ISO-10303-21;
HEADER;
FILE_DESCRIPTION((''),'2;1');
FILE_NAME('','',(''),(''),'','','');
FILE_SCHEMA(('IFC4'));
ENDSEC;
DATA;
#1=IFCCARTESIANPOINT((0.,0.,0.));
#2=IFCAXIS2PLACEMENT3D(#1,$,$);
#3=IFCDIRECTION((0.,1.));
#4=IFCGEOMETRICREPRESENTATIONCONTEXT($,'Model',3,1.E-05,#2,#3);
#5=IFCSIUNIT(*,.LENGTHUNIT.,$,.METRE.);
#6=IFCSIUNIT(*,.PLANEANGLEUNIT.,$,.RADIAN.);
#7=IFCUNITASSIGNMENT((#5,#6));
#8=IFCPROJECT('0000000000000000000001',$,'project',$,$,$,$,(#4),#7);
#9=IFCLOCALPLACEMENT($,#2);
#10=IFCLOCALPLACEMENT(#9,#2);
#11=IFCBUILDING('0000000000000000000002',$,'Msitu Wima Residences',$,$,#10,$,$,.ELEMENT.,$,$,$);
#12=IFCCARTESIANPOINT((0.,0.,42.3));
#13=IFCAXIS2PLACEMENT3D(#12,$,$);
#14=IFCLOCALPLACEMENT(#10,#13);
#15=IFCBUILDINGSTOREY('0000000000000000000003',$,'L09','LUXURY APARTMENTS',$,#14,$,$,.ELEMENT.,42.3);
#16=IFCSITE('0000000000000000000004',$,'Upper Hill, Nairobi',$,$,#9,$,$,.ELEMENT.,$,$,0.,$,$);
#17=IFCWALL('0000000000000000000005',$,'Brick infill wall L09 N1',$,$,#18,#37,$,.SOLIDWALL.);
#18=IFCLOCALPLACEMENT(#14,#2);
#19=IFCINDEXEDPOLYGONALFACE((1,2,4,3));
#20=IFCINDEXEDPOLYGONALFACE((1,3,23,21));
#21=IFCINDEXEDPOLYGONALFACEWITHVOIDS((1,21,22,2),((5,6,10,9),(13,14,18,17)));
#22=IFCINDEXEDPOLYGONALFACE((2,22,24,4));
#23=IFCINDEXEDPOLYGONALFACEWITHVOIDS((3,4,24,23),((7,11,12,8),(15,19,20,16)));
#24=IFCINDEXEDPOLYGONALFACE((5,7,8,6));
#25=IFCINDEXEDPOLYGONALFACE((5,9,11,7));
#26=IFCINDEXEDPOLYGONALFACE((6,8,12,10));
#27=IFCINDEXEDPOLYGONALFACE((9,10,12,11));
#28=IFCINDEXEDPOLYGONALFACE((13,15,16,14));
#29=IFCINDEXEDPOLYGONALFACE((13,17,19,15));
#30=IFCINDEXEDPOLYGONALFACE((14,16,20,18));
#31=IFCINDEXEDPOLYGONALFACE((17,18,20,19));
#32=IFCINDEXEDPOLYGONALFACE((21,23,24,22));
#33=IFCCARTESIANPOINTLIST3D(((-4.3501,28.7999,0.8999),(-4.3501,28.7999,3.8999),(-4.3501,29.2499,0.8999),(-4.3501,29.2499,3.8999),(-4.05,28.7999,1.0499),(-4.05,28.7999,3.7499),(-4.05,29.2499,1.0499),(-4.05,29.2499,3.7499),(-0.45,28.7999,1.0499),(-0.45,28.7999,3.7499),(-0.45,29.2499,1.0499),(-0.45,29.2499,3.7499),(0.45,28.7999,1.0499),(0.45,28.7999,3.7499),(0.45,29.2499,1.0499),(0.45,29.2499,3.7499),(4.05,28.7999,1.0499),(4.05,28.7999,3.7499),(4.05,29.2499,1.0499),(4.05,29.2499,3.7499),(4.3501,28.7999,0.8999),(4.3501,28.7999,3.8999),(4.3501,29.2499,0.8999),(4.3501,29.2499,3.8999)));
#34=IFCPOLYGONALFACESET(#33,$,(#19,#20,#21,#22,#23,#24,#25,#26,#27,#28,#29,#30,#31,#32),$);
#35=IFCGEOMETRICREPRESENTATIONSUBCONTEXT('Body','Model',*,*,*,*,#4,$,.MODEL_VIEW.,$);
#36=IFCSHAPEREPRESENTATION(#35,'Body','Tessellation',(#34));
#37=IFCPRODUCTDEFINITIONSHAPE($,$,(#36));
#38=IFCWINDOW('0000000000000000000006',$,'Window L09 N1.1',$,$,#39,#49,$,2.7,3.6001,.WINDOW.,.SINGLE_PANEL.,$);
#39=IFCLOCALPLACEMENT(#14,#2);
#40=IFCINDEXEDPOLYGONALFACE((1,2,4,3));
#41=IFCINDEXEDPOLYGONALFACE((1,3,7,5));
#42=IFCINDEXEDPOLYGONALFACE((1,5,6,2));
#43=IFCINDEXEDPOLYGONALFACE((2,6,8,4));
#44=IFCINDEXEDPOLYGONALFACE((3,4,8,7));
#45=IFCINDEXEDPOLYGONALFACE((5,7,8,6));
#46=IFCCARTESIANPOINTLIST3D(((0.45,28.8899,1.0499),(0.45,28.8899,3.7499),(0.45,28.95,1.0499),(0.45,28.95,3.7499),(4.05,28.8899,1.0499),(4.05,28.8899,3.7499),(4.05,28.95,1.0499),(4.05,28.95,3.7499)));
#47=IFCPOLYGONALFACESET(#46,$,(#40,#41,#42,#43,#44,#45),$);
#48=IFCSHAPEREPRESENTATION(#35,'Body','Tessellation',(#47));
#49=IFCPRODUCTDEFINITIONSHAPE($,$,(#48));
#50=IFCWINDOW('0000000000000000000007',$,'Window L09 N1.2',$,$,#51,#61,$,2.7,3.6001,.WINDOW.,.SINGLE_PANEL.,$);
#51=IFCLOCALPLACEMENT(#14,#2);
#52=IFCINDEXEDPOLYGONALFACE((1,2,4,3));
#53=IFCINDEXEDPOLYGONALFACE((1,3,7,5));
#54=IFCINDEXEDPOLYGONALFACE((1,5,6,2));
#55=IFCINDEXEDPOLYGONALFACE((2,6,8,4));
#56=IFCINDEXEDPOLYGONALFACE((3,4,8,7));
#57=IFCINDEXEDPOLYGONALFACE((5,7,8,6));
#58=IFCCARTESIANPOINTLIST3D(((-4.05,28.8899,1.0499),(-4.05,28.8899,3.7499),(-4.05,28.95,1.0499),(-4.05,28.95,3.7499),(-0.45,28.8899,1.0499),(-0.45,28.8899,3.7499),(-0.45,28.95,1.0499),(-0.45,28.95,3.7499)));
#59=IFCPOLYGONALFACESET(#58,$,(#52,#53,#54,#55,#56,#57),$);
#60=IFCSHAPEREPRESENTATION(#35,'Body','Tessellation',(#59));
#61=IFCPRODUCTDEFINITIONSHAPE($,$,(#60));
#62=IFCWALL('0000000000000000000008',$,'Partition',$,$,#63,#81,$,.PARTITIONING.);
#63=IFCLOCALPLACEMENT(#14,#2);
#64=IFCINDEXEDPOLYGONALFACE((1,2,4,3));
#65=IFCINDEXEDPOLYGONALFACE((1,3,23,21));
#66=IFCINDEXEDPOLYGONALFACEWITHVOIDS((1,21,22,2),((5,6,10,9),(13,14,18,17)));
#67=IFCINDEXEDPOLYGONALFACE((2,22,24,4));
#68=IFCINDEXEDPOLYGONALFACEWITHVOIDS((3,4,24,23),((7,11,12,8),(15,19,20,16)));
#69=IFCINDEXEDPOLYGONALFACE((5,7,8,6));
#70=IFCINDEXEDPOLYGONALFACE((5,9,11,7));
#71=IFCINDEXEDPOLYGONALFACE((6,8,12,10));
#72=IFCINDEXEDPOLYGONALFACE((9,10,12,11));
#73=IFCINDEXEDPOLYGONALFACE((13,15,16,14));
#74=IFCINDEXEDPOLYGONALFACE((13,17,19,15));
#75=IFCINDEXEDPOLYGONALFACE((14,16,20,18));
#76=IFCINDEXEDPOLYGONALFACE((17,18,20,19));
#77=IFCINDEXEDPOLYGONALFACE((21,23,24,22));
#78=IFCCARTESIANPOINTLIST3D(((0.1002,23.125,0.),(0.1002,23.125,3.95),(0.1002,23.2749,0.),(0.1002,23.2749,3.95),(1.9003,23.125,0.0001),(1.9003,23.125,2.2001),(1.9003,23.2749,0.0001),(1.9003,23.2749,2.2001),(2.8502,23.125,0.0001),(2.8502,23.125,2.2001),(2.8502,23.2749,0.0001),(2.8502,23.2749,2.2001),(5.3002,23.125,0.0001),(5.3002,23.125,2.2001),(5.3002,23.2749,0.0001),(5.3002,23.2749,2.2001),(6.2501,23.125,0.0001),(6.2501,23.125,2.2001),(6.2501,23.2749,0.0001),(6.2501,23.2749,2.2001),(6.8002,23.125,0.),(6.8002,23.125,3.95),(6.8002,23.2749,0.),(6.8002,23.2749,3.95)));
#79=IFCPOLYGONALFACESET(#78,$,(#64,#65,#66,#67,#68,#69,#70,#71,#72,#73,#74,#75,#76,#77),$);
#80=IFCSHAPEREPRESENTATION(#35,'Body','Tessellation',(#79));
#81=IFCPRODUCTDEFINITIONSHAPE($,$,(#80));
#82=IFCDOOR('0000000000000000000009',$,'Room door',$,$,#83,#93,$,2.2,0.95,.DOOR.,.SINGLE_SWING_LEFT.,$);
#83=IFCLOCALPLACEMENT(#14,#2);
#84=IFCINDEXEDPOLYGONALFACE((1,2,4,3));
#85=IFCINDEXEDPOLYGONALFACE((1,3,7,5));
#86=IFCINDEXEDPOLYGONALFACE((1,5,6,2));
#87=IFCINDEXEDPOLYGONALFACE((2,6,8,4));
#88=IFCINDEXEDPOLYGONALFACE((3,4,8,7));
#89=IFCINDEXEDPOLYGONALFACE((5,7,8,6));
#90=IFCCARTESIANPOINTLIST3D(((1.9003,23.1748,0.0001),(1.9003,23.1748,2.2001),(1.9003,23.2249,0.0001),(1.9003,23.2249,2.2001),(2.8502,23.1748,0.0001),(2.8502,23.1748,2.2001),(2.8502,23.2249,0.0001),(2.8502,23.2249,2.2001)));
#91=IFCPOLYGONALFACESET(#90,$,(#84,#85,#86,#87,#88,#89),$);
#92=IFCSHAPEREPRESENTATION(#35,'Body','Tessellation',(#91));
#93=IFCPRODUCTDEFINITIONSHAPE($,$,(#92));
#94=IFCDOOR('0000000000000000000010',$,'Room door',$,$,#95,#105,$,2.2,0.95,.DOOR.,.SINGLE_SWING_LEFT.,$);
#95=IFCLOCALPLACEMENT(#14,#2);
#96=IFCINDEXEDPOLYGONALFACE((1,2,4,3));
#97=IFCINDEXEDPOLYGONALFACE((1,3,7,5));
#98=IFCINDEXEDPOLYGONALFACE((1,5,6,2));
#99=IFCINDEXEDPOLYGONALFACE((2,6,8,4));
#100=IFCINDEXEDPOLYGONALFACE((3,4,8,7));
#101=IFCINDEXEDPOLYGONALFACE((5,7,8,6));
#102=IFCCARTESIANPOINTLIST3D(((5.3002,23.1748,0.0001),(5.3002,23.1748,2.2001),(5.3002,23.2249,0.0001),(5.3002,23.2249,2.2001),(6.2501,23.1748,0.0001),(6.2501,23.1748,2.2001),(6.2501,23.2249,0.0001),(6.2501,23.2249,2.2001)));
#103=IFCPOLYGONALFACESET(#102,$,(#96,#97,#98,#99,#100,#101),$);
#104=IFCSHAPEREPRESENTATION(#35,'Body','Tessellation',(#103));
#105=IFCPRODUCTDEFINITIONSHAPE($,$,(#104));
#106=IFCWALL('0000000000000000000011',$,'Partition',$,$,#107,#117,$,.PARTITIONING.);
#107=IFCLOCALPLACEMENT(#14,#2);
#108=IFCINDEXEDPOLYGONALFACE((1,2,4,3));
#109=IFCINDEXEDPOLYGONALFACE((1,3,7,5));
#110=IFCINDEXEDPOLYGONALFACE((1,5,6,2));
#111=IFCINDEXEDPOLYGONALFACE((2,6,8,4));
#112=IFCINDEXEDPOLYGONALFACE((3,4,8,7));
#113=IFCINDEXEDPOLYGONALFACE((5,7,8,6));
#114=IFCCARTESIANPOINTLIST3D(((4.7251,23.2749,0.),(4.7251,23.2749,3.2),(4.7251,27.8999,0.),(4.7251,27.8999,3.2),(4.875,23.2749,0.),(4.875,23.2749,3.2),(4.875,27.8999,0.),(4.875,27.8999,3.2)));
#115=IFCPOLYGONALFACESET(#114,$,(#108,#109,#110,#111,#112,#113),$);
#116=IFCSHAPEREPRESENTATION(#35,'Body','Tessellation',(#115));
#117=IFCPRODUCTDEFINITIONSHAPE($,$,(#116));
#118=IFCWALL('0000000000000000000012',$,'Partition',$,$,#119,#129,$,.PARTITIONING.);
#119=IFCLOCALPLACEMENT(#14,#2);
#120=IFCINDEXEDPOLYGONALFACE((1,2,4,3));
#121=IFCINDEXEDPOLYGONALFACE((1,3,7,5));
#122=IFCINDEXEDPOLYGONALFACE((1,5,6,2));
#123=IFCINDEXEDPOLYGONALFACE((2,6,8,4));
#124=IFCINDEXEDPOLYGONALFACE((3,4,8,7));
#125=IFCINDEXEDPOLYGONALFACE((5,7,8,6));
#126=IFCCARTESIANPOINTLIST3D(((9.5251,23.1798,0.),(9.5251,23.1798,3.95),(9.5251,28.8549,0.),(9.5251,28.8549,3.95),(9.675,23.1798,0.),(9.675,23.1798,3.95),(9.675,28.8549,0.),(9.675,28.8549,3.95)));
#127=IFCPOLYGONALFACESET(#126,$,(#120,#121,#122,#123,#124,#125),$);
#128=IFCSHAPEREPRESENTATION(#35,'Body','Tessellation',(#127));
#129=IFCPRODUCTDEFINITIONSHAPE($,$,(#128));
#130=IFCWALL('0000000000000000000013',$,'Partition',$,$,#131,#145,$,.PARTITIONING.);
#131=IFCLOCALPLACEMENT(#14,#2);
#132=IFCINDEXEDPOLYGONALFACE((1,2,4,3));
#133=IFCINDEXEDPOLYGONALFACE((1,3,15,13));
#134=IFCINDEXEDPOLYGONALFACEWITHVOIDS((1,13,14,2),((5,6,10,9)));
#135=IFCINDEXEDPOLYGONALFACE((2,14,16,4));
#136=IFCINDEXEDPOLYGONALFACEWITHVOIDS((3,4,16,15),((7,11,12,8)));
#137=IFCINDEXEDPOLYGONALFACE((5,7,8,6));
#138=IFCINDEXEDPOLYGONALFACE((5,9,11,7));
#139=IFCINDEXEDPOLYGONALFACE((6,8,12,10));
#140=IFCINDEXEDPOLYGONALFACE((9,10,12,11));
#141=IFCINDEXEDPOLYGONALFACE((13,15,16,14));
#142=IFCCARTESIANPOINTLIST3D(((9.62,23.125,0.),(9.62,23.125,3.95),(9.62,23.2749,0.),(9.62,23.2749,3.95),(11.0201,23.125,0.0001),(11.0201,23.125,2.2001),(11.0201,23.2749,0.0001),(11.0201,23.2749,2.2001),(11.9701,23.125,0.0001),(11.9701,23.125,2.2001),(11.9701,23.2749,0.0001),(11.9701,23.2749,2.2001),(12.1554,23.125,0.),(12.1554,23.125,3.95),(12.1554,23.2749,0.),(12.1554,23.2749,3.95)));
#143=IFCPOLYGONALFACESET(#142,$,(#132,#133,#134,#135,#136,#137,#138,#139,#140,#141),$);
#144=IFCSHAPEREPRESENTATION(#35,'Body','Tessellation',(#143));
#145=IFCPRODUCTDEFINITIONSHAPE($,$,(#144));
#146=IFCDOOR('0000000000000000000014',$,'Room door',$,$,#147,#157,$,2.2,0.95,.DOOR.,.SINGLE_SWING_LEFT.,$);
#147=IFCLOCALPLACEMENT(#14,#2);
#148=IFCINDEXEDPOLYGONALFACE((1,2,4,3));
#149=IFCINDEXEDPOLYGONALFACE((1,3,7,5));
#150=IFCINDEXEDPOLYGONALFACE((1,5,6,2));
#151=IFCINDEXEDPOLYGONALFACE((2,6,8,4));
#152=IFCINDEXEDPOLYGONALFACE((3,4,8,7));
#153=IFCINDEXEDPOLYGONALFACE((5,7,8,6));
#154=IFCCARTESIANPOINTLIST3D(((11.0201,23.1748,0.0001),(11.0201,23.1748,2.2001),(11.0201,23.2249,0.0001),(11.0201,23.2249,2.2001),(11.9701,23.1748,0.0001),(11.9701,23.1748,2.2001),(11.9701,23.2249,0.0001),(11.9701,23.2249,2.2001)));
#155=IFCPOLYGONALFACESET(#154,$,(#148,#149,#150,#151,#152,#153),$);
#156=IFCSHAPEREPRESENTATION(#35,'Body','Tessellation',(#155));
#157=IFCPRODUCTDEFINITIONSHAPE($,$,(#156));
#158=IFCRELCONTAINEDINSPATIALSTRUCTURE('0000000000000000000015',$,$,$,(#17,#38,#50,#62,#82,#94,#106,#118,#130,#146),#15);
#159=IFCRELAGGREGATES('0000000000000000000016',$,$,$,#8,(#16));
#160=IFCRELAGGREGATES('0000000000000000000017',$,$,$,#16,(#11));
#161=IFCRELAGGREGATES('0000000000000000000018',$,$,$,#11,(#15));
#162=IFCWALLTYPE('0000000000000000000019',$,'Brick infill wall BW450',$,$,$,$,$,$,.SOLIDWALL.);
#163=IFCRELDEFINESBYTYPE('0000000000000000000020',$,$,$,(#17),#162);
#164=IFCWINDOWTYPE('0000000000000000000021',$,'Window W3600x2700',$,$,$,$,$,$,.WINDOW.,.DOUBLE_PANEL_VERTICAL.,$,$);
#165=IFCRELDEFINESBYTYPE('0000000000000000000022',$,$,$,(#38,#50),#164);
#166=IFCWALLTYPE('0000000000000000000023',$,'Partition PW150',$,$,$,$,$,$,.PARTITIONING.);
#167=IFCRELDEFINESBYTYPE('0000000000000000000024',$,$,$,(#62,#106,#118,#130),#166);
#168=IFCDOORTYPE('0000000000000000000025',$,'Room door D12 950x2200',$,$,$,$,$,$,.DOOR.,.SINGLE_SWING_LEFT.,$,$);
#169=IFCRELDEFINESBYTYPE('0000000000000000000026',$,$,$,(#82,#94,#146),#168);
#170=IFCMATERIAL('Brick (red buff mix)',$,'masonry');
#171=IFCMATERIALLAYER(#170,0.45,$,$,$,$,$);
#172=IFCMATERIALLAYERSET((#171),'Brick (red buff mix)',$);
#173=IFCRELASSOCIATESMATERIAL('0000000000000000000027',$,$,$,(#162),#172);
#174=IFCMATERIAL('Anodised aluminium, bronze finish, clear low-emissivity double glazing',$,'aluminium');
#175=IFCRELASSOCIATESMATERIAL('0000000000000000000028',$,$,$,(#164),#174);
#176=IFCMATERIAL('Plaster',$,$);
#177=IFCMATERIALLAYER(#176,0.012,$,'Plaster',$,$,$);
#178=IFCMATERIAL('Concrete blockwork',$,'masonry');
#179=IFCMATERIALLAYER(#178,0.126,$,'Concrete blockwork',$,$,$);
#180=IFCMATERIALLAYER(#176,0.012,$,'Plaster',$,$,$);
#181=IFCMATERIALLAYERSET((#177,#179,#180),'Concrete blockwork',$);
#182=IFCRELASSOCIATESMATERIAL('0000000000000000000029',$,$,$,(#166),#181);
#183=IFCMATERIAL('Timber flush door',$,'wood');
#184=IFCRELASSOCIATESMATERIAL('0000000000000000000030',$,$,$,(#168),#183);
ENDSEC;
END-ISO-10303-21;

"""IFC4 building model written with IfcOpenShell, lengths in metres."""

from ifc_helpers import new_model, si_unit, direction, frame, frame_2d, origin, place, context, subcontext, project, spatial, rectangle, extrude, material, layer, layer_set, type_object, element, fill, save


model = new_model("IFC4")

# Units and contexts
model_context = context("Model", 3, precision=1e-05, world=origin(), true_north=direction((0.0, 1.0)))
body_context = subcontext(model_context, "Body", "Model", "MODEL_VIEW")
ifc_project = project(units=[si_unit("LENGTHUNIT", "METRE"), si_unit("PLANEANGLEUNIT", "RADIAN")], contexts=[model_context])

# Site, building, storey
site_placement = place(None, origin())
site = spatial("IfcSite", under=ifc_project, at=site_placement, Name="Upper Hill, Nairobi", CompositionType="ELEMENT", RefElevation=0.0)
building_placement = place(site_placement, origin())
building = spatial("IfcBuilding", under=site, at=building_placement, Name="Msitu Wima Residences", CompositionType="ELEMENT")
storey_placement = place(building_placement, frame((0.0, 0.0, 42.3)))
storey = spatial("IfcBuildingStorey", under=building, at=storey_placement, Name="L09", Description="LUXURY APARTMENTS", CompositionType="ELEMENT", Elevation=42.3)

# Shared definitions
ifc_material_1 = material(Name="Brick (red buff mix)", Category="masonry")
ifc_layer_1 = layer(ifc_material_1, 0.45)
ifc_layer_set_1 = layer_set([ifc_layer_1], Name="Brick (red buff mix)")
wall_type_1 = type_object("IfcWallType", Name="Brick infill wall BW450", PredefinedType="SOLIDWALL", material=ifc_layer_set_1)
ifc_material_2 = material(Name="Anodised aluminium, bronze finish, clear low-emissivity double glazing", Category="aluminium")
window_type = type_object("IfcWindowType", Name="Window W3600x2700", PartitioningType="DOUBLE_PANEL_VERTICAL", PredefinedType="WINDOW", material=ifc_material_2)

# Wall, openings, windows
wall_1_placement = place(storey_placement, frame((4.3501, 29.0249, 0.8999), z_axis=(0.0, 0.0, 1.0), x_axis=(-1.0, 0.0, 0.0)))
wall_1 = element("IfcWall", 1, at=wall_1_placement, inside=storey, type_object=wall_type_1, Name="Brick infill wall L09 N1", PredefinedType="SOLIDWALL", context=body_context, shape_type="SweptSolid", body=[
    extrude(rectangle(XDim=8.7002, YDim=0.45, at=frame_2d((4.3501, 0.0))), origin(), (0.0, 0.0, 1.0), 3.0),
])
opening_1_placement = place(wall_1_placement, frame((0.3, 0.0, 0.1499)))
opening_1 = element("IfcOpeningElement", 2, at=opening_1_placement, cuts=wall_1, PredefinedType="OPENING", context=body_context, shape_type="SweptSolid", body=[
    extrude(rectangle(XDim=3.6001, YDim=2.7, at=frame_2d((1.8, 1.3501))), frame((0.0, 0.2349, 0.0), z_axis=(0.0, -1.0, 0.0), x_axis=(1.0, 0.0, 0.0)), (0.0, 0.0, 1.0), 0.47),
])
opening_2_placement = place(wall_1_placement, frame((4.8, 0.0, 0.1499)))
opening_2 = element("IfcOpeningElement", 3, at=opening_2_placement, cuts=wall_1, PredefinedType="OPENING", context=body_context, shape_type="SweptSolid", body=[
    extrude(rectangle(XDim=3.6001, YDim=2.7, at=frame_2d((1.8, 1.3501))), frame((0.0, 0.2349, 0.0), z_axis=(0.0, -1.0, 0.0), x_axis=(1.0, 0.0, 0.0)), (0.0, 0.0, 1.0), 0.47),
])
window_1_placement = place(opening_1_placement, origin())
window_1 = element("IfcWindow", 4, at=window_1_placement, inside=storey, type_object=window_type, Name="Window L09 N1.1", OverallHeight=2.7, OverallWidth=3.6001, PartitioningType="SINGLE_PANEL", PredefinedType="WINDOW", context=body_context, shape_type="SweptSolid", body=[
    extrude(rectangle(XDim=3.6001, YDim=2.7, at=frame_2d((1.8, 1.3501))), frame((0.0, 0.135, 0.0), z_axis=(0.0, -1.0, 0.0), x_axis=(1.0, 0.0, 0.0)), (0.0, 0.0, 1.0), 0.0601),
])
fill(opening_1, window_1)
window_2_placement = place(opening_2_placement, origin())
window_2 = element("IfcWindow", 5, at=window_2_placement, inside=storey, type_object=window_type, Name="Window L09 N1.2", OverallHeight=2.7, OverallWidth=3.6001, PartitioningType="SINGLE_PANEL", PredefinedType="WINDOW", context=body_context, shape_type="SweptSolid", body=[
    extrude(rectangle(XDim=3.6001, YDim=2.7, at=frame_2d((1.8, 1.3501))), frame((0.0, 0.135, 0.0), z_axis=(0.0, -1.0, 0.0), x_axis=(1.0, 0.0, 0.0)), (0.0, 0.0, 1.0), 0.0601),
])
fill(opening_2, window_2)

# Wall, openings, doors
ifc_material_3 = material(Name="Plaster")
ifc_layer_2 = layer(ifc_material_3, 0.012, Name="Plaster")
ifc_material_4 = material(Name="Concrete blockwork", Category="masonry")
ifc_layer_3 = layer(ifc_material_4, 0.126, Name="Concrete blockwork")
ifc_layer_4 = layer(ifc_material_3, 0.012, Name="Plaster")
ifc_layer_set_2 = layer_set([ifc_layer_2, ifc_layer_3, ifc_layer_4], Name="Concrete blockwork")
wall_type_2 = type_object("IfcWallType", Name="Partition PW150", PredefinedType="PARTITIONING", material=ifc_layer_set_2)
wall_2_placement = place(storey_placement, frame((0.1001, 23.2, 0.0), z_axis=(0.0, 0.0, 1.0), x_axis=(1.0, 0.0, 0.0)))
wall_2 = element("IfcWall", 6, at=wall_2_placement, inside=storey, type_object=wall_type_2, Name="Partition", PredefinedType="PARTITIONING", context=body_context, shape_type="SweptSolid", body=[
    extrude(rectangle(XDim=6.7, YDim=0.1499, at=frame_2d((3.3501, 0.0))), origin(), (0.0, 0.0, 1.0), 3.95),
])
opening_3_placement = place(wall_2_placement, frame((1.8, 0.0, 0.0)))
opening_3 = element("IfcOpeningElement", 7, at=opening_3_placement, cuts=wall_2, PredefinedType="OPENING", context=body_context, shape_type="SweptSolid", body=[
    extrude(rectangle(XDim=0.95, YDim=2.2, at=frame_2d((0.4751, 1.1001))), frame((0.0, 0.085, 0.0), z_axis=(0.0, -1.0, 0.0), x_axis=(1.0, 0.0, 0.0)), (0.0, 0.0, 1.0), 0.1699),
])
opening_4_placement = place(wall_2_placement, frame((5.2, 0.0, 0.0)))
opening_4 = element("IfcOpeningElement", 8, at=opening_4_placement, cuts=wall_2, PredefinedType="OPENING", context=body_context, shape_type="SweptSolid", body=[
    extrude(rectangle(XDim=0.95, YDim=2.2, at=frame_2d((0.4751, 1.1001))), frame((0.0, 0.085, 0.0), z_axis=(0.0, -1.0, 0.0), x_axis=(1.0, 0.0, 0.0)), (0.0, 0.0, 1.0), 0.1699),
])
ifc_material_5 = material(Name="Timber flush door", Category="wood")
door_type_1 = type_object("IfcDoorType", Name="Room door D12 950x2200", OperationType="SINGLE_SWING_LEFT", PredefinedType="DOOR", material=ifc_material_5)
door_1_placement = place(opening_3_placement, origin())
door_1 = element("IfcDoor", 9, at=door_1_placement, inside=storey, type_object=door_type_1, Name="Room door", OperationType="SINGLE_SWING_LEFT", OverallHeight=2.2, OverallWidth=0.95, PredefinedType="DOOR", context=body_context, shape_type="SweptSolid", body=[
    extrude(rectangle(XDim=0.95, YDim=2.2, at=frame_2d((0.4751, 1.1001))), frame((0.0, 0.0249, 0.0), z_axis=(0.0, -1.0, 0.0), x_axis=(1.0, 0.0, 0.0)), (0.0, 0.0, 1.0), 0.05),
])
fill(opening_3, door_1)
door_2_placement = place(opening_4_placement, origin())
door_2 = element("IfcDoor", 10, at=door_2_placement, inside=storey, type_object=door_type_1, Name="Room door", OperationType="SINGLE_SWING_LEFT", OverallHeight=2.2, OverallWidth=0.95, PredefinedType="DOOR", context=body_context, shape_type="SweptSolid", body=[
    extrude(rectangle(XDim=0.95, YDim=2.2, at=frame_2d((0.4751, 1.1001))), frame((0.0, 0.0249, 0.0), z_axis=(0.0, -1.0, 0.0), x_axis=(1.0, 0.0, 0.0)), (0.0, 0.0, 1.0), 0.05),
])
fill(opening_4, door_2)

# Walls
wall_3_placement = place(storey_placement, frame((4.8, 23.2749, 0.0), z_axis=(0.0, 0.0, 1.0), x_axis=(0.0, 1.0, 0.0)))
element("IfcWall", 11, at=wall_3_placement, inside=storey, type_object=wall_type_2, Name="Partition", PredefinedType="PARTITIONING", context=body_context, shape_type="SweptSolid", body=[
    extrude(rectangle(XDim=4.625, YDim=0.1499, at=frame_2d((2.3125, 0.0))), origin(), (0.0, 0.0, 1.0), 3.2),
])
wall_4_placement = place(storey_placement, frame((9.6001, 23.1799, 0.0), z_axis=(0.0, 0.0, 1.0), x_axis=(0.0, 1.0, 0.0)))
element("IfcWall", 12, at=wall_4_placement, inside=storey, type_object=wall_type_2, Name="Partition", PredefinedType="PARTITIONING", context=body_context, shape_type="SweptSolid", body=[
    extrude(rectangle(XDim=5.675, YDim=0.1499, at=frame_2d((2.8374, 0.0))), origin(), (0.0, 0.0, 1.0), 3.95),
])

# Wall, opening, door
wall_5_placement = place(storey_placement, frame((9.6201, 23.2, 0.0), z_axis=(0.0, 0.0, 1.0), x_axis=(1.0, 0.0, 0.0)))
wall_5 = element("IfcWall", 13, at=wall_5_placement, inside=storey, type_object=wall_type_2, Name="Partition", PredefinedType="PARTITIONING", context=body_context, shape_type="SweptSolid", body=[
    extrude(rectangle(XDim=2.5354, YDim=0.1499, at=frame_2d((1.2676, 0.0))), origin(), (0.0, 0.0, 1.0), 3.95),
])
opening_5_placement = place(wall_5_placement, frame((1.3999, 0.0, 0.0)))
opening_5 = element("IfcOpeningElement", 14, at=opening_5_placement, cuts=wall_5, PredefinedType="OPENING", context=body_context, shape_type="SweptSolid", body=[
    extrude(rectangle(XDim=0.95, YDim=2.2, at=frame_2d((0.4751, 1.1001))), frame((0.0, 0.085, 0.0), z_axis=(0.0, -1.0, 0.0), x_axis=(1.0, 0.0, 0.0)), (0.0, 0.0, 1.0), 0.1699),
])
door_3_placement = place(opening_5_placement, origin())
door_3 = element("IfcDoor", 15, at=door_3_placement, inside=storey, type_object=door_type_1, Name="Room door", OperationType="SINGLE_SWING_LEFT", OverallHeight=2.2, OverallWidth=0.95, PredefinedType="DOOR", context=body_context, shape_type="SweptSolid", body=[
    extrude(rectangle(XDim=0.95, YDim=2.2, at=frame_2d((0.4751, 1.1001))), frame((0.0, 0.0249, 0.0), z_axis=(0.0, -1.0, 0.0), x_axis=(1.0, 0.0, 0.0)), (0.0, 0.0, 1.0), 0.05),
])
fill(opening_5, door_3)

save(model, "model.ifc")
